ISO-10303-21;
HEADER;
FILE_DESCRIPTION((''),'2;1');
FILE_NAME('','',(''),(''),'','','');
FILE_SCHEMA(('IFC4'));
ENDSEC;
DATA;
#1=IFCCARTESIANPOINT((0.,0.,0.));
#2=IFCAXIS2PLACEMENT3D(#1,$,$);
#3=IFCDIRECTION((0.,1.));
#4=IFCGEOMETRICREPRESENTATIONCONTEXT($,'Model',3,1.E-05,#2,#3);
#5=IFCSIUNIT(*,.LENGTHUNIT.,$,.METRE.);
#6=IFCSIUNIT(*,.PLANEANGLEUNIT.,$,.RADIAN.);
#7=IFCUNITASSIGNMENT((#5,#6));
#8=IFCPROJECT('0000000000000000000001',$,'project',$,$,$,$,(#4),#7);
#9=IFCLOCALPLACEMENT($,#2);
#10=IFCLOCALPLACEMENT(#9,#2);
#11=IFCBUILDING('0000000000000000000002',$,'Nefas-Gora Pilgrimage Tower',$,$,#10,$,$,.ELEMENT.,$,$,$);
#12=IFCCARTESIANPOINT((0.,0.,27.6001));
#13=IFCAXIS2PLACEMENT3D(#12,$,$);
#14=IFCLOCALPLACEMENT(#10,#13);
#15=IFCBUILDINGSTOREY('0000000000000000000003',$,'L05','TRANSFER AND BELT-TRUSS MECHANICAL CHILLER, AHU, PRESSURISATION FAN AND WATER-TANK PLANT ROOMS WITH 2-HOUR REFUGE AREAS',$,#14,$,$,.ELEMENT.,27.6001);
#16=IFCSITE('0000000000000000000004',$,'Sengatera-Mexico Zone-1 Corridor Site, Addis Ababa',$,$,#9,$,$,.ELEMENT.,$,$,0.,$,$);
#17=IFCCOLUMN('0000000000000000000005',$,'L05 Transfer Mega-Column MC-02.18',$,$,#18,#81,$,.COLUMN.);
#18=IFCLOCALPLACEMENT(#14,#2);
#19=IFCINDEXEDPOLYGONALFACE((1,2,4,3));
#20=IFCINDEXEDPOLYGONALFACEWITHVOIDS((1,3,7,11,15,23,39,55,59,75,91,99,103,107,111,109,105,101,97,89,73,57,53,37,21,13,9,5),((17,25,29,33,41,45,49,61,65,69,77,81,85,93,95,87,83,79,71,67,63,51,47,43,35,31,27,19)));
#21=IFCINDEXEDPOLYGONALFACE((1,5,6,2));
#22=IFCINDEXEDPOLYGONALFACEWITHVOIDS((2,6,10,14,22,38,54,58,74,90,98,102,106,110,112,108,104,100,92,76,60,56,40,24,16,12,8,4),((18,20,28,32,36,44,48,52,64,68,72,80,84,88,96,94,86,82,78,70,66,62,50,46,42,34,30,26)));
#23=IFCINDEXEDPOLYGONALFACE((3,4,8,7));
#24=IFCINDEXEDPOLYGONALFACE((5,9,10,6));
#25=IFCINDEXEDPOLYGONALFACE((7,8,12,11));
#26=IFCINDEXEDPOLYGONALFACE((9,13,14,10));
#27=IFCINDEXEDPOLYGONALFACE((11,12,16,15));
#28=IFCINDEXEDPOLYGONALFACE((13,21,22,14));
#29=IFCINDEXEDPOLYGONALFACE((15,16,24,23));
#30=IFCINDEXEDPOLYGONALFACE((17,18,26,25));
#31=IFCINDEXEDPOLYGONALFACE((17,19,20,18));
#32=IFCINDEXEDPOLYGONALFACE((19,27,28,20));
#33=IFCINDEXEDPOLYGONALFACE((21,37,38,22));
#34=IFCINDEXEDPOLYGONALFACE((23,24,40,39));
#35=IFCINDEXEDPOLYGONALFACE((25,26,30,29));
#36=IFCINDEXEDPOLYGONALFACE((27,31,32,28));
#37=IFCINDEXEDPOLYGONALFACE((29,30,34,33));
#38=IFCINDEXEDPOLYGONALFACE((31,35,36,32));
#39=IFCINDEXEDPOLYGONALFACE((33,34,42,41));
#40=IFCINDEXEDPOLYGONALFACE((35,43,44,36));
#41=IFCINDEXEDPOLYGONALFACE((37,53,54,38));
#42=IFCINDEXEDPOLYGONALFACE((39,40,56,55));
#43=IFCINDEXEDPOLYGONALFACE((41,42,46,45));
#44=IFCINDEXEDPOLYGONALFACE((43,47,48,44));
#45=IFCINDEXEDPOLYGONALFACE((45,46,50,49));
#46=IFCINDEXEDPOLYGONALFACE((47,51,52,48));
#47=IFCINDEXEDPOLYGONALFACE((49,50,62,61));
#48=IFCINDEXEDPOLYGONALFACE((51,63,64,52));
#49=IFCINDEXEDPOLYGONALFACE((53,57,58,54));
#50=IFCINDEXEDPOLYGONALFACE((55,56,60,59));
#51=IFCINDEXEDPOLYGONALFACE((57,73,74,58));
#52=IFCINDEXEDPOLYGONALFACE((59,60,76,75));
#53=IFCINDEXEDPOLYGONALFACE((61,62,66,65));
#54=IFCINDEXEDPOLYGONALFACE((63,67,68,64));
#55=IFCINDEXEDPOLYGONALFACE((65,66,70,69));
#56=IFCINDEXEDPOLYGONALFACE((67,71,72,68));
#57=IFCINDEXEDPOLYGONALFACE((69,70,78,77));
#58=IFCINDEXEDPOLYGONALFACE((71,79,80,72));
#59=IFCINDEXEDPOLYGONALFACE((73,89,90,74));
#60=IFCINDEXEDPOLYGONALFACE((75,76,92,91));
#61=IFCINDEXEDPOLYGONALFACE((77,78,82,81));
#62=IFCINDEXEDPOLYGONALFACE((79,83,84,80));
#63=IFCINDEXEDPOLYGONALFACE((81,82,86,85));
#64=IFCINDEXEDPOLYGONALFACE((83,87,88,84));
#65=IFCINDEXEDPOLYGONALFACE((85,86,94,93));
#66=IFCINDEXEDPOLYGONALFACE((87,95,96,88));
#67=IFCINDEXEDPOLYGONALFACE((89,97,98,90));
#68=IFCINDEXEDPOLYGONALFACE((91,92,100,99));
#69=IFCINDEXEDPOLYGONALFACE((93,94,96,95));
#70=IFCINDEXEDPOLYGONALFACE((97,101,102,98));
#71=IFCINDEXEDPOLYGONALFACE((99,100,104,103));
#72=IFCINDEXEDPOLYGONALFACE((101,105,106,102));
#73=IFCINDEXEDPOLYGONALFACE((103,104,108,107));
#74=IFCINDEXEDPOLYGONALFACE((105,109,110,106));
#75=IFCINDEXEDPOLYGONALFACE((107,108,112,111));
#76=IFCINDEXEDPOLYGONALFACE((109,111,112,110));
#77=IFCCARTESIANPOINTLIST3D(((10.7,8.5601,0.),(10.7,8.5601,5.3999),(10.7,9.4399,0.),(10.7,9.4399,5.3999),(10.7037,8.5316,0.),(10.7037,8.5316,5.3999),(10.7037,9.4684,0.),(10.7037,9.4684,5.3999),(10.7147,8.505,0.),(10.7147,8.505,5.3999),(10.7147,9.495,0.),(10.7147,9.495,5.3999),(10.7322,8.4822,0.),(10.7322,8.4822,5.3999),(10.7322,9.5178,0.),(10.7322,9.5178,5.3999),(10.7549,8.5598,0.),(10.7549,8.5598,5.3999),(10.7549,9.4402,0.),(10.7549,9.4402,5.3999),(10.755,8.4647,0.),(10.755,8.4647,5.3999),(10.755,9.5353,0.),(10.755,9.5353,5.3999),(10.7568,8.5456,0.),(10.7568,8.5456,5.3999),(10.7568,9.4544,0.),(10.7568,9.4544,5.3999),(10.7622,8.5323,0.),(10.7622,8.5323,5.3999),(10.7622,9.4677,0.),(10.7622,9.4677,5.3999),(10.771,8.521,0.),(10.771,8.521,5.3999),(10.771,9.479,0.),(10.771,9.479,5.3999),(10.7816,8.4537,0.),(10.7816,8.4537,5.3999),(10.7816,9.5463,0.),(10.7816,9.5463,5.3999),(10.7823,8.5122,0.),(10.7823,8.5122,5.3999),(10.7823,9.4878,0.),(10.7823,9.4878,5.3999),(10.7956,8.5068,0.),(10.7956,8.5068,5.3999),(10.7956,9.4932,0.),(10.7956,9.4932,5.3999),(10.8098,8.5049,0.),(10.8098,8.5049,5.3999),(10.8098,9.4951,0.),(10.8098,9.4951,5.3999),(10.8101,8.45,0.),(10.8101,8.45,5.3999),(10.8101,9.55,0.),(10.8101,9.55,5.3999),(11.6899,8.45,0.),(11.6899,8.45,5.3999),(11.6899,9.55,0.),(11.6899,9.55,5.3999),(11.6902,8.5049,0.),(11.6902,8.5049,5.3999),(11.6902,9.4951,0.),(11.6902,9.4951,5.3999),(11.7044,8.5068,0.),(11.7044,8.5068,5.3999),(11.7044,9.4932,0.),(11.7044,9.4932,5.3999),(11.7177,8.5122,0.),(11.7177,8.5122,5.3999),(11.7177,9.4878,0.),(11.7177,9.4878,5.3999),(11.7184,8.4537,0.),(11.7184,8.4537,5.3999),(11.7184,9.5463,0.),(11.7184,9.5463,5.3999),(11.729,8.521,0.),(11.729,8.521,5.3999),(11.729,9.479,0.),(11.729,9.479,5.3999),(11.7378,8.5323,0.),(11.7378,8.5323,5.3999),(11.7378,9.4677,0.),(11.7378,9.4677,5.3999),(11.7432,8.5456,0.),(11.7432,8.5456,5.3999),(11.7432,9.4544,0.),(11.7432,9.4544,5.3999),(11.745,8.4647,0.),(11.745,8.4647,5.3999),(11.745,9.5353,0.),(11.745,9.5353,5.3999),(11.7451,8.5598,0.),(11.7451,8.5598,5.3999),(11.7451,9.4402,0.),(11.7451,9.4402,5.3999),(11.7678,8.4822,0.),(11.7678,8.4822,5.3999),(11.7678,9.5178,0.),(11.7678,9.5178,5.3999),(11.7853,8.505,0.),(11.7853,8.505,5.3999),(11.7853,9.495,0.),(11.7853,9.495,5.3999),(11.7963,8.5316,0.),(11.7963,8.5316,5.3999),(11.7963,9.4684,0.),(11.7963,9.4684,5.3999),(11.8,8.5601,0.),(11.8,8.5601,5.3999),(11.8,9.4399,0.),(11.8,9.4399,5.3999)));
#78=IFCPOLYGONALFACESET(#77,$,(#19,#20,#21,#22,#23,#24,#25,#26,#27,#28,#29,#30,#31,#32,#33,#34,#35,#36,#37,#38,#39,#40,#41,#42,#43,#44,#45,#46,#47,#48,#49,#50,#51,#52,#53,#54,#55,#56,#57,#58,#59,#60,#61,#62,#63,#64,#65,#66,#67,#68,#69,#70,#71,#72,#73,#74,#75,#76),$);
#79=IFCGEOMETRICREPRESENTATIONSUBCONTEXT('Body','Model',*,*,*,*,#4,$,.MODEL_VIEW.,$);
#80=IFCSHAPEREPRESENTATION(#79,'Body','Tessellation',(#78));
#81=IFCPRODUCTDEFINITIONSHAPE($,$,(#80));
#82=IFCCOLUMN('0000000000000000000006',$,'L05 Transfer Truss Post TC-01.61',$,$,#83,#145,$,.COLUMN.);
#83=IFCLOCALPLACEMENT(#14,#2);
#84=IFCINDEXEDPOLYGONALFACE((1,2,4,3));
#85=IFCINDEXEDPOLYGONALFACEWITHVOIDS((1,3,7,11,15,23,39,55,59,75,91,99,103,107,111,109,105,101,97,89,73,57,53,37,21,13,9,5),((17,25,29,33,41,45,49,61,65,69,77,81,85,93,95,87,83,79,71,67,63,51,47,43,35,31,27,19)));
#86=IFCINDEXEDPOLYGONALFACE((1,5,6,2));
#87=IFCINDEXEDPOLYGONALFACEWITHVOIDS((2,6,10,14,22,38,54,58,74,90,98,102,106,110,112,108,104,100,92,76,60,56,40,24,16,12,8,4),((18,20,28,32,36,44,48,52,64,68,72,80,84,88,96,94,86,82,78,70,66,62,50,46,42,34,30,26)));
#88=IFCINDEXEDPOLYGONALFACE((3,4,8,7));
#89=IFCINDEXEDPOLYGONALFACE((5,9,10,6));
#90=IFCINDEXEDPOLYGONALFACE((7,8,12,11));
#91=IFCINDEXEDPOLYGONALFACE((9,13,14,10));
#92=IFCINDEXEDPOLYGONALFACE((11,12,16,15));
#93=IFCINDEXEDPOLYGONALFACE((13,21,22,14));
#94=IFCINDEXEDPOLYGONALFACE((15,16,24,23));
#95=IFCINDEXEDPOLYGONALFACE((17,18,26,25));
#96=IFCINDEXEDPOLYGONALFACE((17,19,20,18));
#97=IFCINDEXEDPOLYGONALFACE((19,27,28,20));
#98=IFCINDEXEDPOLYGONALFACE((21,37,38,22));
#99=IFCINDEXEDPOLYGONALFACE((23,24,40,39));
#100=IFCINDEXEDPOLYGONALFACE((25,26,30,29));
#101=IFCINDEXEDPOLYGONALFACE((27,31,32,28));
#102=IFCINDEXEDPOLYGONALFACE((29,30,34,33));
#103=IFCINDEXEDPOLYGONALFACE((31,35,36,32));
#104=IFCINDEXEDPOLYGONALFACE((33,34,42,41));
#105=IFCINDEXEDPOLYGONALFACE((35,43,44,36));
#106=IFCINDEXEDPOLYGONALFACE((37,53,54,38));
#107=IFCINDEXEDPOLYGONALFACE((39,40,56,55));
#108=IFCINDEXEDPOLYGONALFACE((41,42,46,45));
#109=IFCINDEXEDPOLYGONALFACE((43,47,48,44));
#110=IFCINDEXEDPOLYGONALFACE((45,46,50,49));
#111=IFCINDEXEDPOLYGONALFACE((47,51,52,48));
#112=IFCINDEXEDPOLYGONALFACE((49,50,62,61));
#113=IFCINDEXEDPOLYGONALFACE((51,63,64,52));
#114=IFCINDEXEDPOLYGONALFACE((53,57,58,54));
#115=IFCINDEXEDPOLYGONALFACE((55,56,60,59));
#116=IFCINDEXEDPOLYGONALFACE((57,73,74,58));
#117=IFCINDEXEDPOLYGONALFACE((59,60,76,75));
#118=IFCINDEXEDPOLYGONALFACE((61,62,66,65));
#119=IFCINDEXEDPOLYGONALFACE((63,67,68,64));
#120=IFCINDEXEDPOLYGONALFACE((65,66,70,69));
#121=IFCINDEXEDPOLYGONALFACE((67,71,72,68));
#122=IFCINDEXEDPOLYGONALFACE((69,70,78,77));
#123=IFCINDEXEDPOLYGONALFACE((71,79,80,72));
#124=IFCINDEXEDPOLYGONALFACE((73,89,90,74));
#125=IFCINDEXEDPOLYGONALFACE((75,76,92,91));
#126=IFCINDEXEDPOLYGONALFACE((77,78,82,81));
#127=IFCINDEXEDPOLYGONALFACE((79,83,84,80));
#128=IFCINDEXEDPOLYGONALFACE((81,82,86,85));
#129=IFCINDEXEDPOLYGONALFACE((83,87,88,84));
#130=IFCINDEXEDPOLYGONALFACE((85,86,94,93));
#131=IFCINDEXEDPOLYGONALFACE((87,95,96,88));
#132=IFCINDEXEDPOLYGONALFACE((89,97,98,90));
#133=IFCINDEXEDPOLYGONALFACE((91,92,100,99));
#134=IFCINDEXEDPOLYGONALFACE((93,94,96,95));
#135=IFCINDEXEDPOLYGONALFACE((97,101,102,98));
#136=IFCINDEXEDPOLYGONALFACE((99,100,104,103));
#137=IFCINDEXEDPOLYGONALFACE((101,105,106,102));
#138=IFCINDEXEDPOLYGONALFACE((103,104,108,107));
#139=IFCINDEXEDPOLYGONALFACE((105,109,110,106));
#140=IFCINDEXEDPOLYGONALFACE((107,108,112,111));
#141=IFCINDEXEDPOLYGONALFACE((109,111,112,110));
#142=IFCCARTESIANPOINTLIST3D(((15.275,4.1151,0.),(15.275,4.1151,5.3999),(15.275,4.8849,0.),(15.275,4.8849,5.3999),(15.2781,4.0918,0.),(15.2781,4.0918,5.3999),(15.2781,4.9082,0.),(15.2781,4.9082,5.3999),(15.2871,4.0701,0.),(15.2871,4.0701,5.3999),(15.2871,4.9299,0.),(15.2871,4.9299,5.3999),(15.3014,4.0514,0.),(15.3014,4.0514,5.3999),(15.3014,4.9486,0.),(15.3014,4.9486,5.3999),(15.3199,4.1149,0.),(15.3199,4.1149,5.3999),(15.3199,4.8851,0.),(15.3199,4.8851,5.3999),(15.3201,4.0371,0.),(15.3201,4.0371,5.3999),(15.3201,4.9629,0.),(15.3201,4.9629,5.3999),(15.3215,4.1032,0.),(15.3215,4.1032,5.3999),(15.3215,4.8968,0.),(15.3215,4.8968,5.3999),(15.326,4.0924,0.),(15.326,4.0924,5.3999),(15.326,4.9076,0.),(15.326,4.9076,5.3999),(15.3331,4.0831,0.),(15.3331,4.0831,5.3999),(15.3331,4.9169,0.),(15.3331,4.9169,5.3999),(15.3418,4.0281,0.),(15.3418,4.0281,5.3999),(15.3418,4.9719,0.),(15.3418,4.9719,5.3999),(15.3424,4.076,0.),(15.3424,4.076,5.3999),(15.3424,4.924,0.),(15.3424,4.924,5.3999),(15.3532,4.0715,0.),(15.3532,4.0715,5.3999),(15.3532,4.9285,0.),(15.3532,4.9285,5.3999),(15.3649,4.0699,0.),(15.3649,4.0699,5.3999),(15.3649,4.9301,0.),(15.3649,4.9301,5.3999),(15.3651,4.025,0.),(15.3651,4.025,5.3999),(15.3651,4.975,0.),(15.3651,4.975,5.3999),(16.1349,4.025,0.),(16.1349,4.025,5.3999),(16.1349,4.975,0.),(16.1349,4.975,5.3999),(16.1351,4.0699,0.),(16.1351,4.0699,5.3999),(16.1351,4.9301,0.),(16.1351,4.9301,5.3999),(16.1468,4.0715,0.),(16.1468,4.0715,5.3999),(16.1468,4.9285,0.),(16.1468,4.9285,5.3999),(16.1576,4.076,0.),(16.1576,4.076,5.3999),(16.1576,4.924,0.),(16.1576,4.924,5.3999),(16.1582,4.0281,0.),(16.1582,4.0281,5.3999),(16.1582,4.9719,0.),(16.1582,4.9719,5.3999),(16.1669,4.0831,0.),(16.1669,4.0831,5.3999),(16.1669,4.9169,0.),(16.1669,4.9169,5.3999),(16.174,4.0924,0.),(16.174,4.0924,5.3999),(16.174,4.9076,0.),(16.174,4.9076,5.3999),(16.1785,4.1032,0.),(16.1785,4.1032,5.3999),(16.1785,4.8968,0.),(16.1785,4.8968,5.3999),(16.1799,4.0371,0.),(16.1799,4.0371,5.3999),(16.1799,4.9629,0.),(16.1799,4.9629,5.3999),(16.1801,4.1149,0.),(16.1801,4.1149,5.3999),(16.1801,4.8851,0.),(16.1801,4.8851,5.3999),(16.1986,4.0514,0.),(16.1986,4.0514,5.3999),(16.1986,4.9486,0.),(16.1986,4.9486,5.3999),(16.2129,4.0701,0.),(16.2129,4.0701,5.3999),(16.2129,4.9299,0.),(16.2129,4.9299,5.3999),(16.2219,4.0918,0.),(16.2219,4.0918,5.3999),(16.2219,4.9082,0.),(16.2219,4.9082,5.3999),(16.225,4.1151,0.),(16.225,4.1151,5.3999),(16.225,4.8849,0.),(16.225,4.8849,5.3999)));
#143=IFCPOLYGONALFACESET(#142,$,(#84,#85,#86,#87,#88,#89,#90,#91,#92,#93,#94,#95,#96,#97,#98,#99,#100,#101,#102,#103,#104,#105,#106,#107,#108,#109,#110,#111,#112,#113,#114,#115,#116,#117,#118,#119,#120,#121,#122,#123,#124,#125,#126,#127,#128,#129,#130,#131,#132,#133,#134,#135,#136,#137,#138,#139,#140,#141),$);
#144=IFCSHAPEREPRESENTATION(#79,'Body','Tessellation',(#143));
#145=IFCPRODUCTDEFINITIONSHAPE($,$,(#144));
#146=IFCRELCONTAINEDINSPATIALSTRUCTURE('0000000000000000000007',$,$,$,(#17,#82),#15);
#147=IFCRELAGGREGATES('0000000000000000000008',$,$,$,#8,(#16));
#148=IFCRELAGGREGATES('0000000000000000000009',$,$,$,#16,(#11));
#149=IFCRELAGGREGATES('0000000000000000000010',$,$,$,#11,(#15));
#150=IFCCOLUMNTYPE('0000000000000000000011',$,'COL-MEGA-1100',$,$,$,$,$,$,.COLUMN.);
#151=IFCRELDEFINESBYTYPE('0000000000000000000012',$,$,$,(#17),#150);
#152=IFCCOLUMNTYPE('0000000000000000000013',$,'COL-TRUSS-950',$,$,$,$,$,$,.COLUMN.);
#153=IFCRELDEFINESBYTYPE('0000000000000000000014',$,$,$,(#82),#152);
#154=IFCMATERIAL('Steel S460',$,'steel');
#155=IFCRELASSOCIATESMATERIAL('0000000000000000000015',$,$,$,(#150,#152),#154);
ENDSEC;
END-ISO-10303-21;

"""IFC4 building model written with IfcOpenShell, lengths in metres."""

from ifc_helpers import new_model, si_unit, direction, frame, origin, origin_2d, place, context, subcontext, project, spatial, hollow_rectangle, extrude, source, transform, mapped, material, material_profile, profile_set, type_object, element, save


model = new_model("IFC4")

# Units and contexts
model_context = context("Model", 3, precision=1e-05, world=origin(), true_north=direction((0.0, 1.0)))
body_context = subcontext(model_context, "Body", "Model", "MODEL_VIEW")
ifc_project = project(units=[si_unit("LENGTHUNIT", "METRE"), si_unit("PLANEANGLEUNIT", "RADIAN")], contexts=[model_context])

# Site, building, storey
site_placement = place(None, origin())
site = spatial("IfcSite", under=ifc_project, at=site_placement, Name="Sengatera-Mexico Zone-1 Corridor Site, Addis Ababa", CompositionType="ELEMENT", RefElevation=0.0)
building_placement = place(site_placement, origin())
building = spatial("IfcBuilding", under=site, at=building_placement, Name="Nefas-Gora Pilgrimage Tower", CompositionType="ELEMENT")
storey_placement = place(building_placement, frame((0.0, 0.0, 27.6001)))
storey = spatial("IfcBuildingStorey", under=building, at=storey_placement, Name="L05", Description="TRANSFER AND BELT-TRUSS MECHANICAL CHILLER, AHU, PRESSURISATION FAN AND WATER-TANK PLANT ROOMS WITH 2-HOUR REFUGE AREAS", CompositionType="ELEMENT", Elevation=27.6001)

# Columns
ifc_material_1 = material(Name="Steel S460", Category="steel")
ifc_material_profile_1 = material_profile(ifc_material_1, hollow_rectangle(XDim=1.1001, YDim=1.1001, WallThickness=0.0549, InnerFilletRadius=0.0549, OuterFilletRadius=0.1101, at=origin_2d()), Name="BOX 1100x1100x55")
ifc_profile_set_1 = profile_set([ifc_material_profile_1], Name="Steel S460")
column_type_1 = type_object("IfcColumnType", Name="COL-MEGA-1100", PredefinedType="COLUMN", material=ifc_profile_set_1)
shared_shape_1 = source(origin(), body_context, "Body", "SweptSolid", [
    extrude(hollow_rectangle(XDim=1.1001, YDim=1.1001, WallThickness=0.0549, InnerFilletRadius=0.0549, OuterFilletRadius=0.1101, at=origin_2d()), origin(), (0.0, 0.0, 1.0), 5.3999),
])
column_placement = place(storey_placement, frame((11.25, 9.0, 0.0), z_axis=(0.0, 0.0, 1.0), x_axis=(1.0, 0.0, 0.0)))
element("IfcColumn", 1, at=column_placement, inside=storey, type_object=column_type_1, Name="L05 Transfer Mega-Column MC-02.18", PredefinedType="COLUMN", context=body_context, shape_type="MappedRepresentation", body=[
    mapped(shared_shape_1, transform((0.0, 0.0, 0.0), x_axis=(1.0, 0.0, 0.0), y_axis=(0.0, 1.0, 0.0), z_axis=(0.0, 0.0, 1.0), scale=1.0)),
])
ifc_material_profile_2 = material_profile(ifc_material_1, hollow_rectangle(XDim=0.95, YDim=0.95, WallThickness=0.0449, InnerFilletRadius=0.0449, OuterFilletRadius=0.0901, at=origin_2d()), Name="BOX 950x950x45")
ifc_profile_set_2 = profile_set([ifc_material_profile_2], Name="Steel S460")
column_type_2 = type_object("IfcColumnType", Name="COL-TRUSS-950", PredefinedType="COLUMN", material=ifc_profile_set_2)
shared_shape_2 = source(origin(), body_context, "Body", "SweptSolid", [
    extrude(hollow_rectangle(XDim=0.95, YDim=0.95, WallThickness=0.0449, InnerFilletRadius=0.0449, OuterFilletRadius=0.0901, at=origin_2d()), origin(), (0.0, 0.0, 1.0), 5.3999),
])
for number, where, z_axis, x_axis, name in (
    (2, (15.75, 4.5, 0.0), (0.0, 0.0, 1.0), (1.0, 0.0, 0.0), "L05 Transfer Truss Post TC-01.61"),
):
    element("IfcColumn", number, at=place(storey_placement, frame(where, z_axis=z_axis, x_axis=x_axis)), inside=storey, type_object=column_type_2, Name=name, PredefinedType="COLUMN", context=body_context, shape_type="MappedRepresentation", body=[
        mapped(shared_shape_2, transform((0.0, 0.0, 0.0), x_axis=(1.0, 0.0, 0.0), y_axis=(0.0, 1.0, 0.0), z_axis=(0.0, 0.0, 1.0), scale=1.0)),
    ])

save(model, "model.ifc")
